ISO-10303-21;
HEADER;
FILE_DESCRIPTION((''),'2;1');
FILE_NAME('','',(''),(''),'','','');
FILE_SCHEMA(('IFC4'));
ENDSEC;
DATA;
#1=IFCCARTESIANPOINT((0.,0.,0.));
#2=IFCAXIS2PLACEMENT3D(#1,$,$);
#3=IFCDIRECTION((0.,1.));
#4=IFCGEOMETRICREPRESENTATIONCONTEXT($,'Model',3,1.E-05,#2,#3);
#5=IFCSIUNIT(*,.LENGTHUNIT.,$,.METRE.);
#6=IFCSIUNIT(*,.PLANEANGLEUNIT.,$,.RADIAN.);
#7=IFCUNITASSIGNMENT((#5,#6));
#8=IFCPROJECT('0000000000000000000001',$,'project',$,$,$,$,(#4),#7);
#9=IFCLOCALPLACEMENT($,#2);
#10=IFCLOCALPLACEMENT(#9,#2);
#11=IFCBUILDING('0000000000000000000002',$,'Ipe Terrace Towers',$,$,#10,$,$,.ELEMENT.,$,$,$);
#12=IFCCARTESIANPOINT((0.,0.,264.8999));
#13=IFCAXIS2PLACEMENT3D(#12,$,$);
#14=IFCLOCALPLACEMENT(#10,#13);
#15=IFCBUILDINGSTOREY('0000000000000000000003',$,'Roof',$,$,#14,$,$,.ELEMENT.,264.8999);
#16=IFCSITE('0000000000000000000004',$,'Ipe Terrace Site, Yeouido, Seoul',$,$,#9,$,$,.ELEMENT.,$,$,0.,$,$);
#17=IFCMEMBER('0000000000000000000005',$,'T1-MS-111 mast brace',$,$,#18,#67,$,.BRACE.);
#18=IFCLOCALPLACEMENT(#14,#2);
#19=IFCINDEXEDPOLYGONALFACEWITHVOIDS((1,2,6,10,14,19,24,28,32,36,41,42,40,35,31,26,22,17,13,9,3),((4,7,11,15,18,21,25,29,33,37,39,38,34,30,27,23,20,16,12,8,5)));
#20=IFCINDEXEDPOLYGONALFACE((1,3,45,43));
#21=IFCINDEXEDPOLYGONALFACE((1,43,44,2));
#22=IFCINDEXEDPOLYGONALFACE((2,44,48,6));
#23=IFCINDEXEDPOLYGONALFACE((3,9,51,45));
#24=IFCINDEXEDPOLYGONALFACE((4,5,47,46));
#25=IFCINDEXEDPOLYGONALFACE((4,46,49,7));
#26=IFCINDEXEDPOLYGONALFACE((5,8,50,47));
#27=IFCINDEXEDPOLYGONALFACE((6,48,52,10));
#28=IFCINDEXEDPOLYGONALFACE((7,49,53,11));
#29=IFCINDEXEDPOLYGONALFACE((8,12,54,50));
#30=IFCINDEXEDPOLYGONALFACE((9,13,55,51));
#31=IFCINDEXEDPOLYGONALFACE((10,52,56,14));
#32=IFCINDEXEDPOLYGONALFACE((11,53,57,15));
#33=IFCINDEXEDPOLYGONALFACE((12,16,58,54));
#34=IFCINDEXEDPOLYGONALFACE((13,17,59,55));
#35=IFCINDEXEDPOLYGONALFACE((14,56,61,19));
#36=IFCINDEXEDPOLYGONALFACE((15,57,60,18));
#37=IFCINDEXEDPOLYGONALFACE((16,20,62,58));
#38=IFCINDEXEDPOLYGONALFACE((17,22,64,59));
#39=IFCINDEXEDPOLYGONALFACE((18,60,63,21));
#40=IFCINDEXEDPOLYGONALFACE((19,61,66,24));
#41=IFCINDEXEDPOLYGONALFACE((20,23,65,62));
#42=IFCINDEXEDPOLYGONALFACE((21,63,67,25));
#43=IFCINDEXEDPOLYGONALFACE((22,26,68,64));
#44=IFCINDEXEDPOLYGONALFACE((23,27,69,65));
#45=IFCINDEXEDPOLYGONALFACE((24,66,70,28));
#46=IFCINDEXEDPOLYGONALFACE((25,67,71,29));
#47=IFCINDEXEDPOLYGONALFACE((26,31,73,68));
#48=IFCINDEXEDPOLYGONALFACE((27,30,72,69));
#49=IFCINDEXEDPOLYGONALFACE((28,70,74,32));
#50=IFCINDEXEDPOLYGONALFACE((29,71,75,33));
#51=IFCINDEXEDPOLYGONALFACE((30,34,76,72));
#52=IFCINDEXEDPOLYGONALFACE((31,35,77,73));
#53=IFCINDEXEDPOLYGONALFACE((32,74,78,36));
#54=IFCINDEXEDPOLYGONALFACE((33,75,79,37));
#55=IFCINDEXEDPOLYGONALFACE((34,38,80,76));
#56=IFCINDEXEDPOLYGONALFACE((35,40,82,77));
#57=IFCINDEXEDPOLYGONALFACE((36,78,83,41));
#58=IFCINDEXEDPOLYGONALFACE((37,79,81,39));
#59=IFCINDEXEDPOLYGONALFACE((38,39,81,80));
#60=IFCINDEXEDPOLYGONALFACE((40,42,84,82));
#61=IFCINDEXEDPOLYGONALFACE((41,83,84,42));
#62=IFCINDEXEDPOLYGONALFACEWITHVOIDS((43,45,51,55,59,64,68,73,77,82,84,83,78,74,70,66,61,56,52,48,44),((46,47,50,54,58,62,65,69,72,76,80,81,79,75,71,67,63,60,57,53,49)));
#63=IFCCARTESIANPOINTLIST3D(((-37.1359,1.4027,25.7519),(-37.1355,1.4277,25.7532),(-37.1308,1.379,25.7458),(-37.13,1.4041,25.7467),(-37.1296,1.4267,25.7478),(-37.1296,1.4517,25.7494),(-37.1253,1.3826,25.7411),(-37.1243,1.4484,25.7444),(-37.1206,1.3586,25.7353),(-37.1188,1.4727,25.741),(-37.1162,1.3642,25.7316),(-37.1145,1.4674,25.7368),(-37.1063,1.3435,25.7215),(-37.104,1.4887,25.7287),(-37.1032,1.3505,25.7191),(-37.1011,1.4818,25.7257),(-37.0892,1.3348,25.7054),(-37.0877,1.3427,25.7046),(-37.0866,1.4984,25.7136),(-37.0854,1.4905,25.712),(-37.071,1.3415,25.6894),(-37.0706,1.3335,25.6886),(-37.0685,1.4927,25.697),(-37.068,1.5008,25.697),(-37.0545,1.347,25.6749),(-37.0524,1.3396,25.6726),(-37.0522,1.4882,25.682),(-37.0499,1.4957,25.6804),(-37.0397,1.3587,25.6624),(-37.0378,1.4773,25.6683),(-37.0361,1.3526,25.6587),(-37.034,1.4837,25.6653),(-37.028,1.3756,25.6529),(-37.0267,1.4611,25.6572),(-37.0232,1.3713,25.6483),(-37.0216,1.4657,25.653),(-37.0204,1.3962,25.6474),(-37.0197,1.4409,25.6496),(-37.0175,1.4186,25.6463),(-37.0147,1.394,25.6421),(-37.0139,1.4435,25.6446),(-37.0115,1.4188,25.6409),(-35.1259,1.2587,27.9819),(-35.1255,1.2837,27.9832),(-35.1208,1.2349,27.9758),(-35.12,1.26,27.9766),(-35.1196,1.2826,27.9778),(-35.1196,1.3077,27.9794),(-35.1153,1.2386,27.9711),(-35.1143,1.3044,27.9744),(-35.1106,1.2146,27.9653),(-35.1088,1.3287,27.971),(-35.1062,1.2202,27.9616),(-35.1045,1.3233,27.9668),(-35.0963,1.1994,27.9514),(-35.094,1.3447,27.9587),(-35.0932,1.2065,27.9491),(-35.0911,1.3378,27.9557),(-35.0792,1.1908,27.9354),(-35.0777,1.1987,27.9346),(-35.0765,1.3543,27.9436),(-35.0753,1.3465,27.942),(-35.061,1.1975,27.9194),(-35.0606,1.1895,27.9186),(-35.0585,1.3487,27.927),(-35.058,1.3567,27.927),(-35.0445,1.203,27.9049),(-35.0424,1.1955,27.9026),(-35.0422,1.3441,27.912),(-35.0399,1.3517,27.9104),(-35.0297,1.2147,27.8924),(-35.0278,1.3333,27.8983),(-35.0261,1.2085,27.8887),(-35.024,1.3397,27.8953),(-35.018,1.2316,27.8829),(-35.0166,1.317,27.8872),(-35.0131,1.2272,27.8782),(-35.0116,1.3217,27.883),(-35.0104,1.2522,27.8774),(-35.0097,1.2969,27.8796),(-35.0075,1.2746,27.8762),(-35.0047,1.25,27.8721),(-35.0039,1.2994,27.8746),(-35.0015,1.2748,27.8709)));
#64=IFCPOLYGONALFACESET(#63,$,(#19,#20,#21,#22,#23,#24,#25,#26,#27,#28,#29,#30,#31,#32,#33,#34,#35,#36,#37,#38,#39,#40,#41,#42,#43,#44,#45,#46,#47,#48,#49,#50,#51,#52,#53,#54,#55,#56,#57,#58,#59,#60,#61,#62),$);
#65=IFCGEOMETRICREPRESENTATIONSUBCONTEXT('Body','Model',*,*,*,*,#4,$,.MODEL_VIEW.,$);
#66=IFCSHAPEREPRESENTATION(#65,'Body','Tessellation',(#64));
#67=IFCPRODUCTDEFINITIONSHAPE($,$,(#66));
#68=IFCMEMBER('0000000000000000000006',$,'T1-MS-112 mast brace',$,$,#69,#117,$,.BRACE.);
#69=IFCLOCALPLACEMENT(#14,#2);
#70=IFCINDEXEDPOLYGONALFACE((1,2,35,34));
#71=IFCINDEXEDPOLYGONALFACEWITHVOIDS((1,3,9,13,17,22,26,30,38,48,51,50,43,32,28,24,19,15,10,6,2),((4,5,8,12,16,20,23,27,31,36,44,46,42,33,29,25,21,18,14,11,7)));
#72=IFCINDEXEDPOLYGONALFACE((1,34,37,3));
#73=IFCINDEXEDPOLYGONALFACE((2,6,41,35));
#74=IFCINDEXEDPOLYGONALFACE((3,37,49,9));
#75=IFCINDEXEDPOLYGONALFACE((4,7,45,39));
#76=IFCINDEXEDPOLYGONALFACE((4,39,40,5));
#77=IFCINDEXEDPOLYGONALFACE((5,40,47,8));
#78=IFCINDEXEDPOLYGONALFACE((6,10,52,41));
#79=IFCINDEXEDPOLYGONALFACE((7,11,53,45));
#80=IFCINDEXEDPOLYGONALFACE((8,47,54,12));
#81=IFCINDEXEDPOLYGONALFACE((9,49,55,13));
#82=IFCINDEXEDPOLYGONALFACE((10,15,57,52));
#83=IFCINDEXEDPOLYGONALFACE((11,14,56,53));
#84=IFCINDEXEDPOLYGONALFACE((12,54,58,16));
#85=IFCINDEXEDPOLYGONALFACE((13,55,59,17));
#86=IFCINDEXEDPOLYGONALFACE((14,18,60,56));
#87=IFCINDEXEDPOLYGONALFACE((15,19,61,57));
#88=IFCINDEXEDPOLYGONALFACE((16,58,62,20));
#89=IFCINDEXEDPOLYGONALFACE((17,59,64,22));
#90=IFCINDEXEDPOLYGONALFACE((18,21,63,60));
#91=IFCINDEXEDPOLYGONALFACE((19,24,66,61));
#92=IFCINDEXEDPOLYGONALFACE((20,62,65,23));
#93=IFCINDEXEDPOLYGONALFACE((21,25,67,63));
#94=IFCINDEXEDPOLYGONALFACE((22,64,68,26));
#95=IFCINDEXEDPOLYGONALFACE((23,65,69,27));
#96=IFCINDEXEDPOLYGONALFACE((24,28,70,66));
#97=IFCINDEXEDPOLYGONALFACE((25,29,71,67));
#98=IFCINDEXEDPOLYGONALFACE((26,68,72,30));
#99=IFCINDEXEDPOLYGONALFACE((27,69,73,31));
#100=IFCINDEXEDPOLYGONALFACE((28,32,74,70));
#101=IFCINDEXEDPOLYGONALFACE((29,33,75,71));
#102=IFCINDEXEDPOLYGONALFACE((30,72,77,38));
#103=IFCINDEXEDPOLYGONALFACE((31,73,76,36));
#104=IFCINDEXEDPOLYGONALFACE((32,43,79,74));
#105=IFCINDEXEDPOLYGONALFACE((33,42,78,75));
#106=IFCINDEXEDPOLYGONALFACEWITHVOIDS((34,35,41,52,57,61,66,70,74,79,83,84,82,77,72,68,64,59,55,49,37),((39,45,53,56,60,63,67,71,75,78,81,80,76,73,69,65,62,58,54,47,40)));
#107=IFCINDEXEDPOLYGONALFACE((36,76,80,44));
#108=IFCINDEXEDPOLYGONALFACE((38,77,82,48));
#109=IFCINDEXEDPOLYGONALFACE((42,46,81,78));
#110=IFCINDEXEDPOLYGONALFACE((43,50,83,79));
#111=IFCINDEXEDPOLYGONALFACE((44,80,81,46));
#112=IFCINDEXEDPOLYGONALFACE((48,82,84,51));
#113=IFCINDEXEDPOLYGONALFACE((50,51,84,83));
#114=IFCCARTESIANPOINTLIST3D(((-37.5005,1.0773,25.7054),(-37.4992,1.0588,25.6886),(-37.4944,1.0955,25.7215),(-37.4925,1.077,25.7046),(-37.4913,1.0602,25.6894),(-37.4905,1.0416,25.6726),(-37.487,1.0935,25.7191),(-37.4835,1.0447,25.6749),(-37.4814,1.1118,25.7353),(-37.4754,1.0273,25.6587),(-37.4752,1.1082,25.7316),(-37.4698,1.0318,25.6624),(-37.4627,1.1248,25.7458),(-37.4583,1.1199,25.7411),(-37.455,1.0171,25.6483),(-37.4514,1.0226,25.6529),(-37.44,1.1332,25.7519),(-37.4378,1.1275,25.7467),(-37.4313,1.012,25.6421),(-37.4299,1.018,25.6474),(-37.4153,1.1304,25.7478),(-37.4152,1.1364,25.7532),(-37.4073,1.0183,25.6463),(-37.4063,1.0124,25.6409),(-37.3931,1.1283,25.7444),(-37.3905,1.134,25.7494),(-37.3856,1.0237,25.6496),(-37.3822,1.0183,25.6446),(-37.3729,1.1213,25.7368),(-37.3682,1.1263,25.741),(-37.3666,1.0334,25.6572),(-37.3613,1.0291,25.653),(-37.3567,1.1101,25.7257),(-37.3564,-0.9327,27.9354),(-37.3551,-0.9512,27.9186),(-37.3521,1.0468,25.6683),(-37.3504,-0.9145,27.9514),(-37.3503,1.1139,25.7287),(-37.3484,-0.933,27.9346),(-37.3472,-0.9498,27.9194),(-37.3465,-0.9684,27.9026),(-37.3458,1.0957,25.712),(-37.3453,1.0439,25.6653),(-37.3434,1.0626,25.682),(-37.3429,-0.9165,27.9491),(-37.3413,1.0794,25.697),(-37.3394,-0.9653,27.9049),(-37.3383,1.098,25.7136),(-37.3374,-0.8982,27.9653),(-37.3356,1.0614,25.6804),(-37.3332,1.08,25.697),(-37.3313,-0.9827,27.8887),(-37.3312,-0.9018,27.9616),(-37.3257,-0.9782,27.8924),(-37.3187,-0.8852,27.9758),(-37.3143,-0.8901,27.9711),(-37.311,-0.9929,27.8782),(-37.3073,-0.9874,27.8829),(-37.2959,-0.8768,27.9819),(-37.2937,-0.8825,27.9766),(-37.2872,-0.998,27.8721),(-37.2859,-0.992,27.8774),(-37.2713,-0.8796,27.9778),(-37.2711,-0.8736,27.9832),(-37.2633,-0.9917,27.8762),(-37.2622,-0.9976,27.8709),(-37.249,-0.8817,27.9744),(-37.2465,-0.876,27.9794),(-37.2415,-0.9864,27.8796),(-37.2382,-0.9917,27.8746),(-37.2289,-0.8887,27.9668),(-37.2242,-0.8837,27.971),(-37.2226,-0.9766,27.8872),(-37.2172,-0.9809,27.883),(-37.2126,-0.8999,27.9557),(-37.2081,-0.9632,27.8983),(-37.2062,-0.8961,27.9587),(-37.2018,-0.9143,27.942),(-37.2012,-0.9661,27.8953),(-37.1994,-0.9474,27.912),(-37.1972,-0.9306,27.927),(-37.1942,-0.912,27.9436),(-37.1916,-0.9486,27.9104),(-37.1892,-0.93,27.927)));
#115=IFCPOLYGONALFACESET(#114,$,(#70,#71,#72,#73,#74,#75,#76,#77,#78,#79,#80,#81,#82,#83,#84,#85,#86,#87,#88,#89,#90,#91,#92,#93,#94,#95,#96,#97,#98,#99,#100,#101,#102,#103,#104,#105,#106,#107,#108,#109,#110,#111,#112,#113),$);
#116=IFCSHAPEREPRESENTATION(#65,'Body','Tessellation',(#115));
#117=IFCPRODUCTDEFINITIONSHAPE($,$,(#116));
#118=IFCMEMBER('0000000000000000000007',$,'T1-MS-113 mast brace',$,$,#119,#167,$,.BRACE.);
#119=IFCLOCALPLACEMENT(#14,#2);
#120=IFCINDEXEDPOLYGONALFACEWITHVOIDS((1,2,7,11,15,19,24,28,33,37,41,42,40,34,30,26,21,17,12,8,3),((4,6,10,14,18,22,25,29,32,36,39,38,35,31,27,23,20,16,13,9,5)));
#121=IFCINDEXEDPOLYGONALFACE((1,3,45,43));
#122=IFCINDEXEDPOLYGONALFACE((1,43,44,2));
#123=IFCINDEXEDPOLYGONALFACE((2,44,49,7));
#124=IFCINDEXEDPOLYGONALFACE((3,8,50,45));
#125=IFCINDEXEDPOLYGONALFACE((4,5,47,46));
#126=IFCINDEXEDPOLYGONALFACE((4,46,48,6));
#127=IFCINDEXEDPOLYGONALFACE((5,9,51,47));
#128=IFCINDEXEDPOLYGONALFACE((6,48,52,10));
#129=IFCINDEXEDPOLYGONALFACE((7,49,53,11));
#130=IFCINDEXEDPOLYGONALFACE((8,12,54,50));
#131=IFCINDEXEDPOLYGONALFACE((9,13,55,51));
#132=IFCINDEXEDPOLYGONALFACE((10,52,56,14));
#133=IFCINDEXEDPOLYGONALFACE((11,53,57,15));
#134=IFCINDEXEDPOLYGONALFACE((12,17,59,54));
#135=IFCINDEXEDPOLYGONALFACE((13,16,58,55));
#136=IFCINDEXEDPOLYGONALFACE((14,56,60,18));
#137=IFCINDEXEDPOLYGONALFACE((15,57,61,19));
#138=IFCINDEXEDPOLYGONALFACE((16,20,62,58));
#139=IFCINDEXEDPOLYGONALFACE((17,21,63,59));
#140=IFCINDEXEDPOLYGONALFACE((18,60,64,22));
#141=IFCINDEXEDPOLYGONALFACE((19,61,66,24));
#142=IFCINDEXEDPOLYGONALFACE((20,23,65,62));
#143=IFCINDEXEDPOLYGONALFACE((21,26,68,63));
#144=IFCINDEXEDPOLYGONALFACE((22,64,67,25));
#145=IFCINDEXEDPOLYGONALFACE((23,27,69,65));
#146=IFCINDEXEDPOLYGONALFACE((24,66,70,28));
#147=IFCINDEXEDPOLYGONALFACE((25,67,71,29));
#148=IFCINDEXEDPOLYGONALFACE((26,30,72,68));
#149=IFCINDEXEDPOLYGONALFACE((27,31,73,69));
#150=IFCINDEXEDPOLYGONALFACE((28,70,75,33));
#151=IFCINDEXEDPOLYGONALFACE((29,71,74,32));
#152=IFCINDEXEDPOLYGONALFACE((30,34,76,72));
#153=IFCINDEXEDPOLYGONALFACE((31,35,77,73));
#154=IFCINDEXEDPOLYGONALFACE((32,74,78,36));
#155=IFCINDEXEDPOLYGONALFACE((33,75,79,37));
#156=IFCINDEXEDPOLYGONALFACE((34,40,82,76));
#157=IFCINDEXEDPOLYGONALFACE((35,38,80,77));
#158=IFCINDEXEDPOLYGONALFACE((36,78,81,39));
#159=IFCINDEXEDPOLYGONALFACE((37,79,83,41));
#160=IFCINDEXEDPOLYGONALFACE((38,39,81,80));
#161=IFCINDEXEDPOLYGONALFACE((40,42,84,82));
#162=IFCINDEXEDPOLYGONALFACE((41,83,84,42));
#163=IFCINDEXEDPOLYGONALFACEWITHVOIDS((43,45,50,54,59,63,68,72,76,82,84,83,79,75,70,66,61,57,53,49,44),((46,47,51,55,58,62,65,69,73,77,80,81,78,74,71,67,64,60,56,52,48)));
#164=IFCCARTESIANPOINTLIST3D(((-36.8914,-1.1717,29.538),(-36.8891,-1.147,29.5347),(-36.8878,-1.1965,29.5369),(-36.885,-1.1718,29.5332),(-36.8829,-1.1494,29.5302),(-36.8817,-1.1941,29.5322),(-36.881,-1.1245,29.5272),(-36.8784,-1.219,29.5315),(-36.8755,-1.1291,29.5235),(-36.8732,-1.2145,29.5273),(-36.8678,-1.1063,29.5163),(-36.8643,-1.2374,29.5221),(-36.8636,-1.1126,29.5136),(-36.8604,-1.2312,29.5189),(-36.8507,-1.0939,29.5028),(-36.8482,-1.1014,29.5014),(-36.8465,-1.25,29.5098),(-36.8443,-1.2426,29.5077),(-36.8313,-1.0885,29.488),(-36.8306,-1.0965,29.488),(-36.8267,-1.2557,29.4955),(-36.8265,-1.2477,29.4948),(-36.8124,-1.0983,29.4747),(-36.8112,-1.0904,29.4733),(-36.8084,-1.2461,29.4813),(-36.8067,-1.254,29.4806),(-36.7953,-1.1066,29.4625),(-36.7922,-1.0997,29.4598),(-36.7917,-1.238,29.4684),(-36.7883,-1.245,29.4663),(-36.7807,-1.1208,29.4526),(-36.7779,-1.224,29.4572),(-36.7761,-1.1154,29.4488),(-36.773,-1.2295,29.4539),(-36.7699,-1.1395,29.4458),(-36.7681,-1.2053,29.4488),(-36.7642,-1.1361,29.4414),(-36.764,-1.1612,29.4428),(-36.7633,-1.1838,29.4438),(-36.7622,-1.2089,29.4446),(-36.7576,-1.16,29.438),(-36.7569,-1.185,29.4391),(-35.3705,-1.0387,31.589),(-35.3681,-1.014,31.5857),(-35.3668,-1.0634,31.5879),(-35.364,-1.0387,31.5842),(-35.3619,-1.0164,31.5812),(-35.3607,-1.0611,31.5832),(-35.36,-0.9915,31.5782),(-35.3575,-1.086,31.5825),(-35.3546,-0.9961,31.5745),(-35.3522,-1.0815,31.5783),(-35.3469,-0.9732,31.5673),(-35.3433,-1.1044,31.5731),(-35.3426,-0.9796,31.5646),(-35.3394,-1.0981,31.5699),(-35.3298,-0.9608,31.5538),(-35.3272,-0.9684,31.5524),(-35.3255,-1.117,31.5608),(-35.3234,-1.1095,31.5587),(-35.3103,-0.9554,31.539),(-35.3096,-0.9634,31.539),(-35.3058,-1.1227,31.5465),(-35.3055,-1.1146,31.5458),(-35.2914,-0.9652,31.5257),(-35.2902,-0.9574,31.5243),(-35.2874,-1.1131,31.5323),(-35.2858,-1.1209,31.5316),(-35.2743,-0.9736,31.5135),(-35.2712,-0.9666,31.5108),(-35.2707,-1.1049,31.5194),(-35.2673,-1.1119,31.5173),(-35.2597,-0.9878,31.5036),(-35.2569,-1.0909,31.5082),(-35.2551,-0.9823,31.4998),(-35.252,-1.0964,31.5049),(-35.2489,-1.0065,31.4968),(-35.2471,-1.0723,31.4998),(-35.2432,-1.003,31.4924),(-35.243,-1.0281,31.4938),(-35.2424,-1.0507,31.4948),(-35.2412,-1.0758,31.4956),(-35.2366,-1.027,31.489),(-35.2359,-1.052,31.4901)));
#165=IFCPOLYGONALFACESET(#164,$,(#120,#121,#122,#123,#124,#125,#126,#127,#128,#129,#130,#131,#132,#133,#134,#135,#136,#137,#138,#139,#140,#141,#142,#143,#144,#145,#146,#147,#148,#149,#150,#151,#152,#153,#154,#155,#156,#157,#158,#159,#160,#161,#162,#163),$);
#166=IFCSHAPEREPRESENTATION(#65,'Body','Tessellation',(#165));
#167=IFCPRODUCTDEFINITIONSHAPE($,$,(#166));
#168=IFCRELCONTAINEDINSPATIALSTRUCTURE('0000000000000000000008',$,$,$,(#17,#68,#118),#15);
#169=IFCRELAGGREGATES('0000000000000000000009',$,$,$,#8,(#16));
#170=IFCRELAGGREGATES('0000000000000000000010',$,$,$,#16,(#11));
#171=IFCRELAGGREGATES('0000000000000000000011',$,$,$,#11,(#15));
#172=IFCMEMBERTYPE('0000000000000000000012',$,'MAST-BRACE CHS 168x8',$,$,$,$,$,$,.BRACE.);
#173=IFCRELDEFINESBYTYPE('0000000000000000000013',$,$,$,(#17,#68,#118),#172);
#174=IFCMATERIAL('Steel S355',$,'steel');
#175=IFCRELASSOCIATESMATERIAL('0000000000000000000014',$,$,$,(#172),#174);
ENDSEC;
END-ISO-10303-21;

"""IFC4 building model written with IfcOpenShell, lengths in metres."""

from ifc_helpers import new_model, si_unit, direction, frame, origin, origin_2d, place, context, subcontext, project, spatial, hollow_circle, extrude, material, material_profile, profile_set, type_object, element, save


model = new_model("IFC4")

# Units and contexts
model_context = context("Model", 3, precision=1e-05, world=origin(), true_north=direction((0.0, 1.0)))
body_context = subcontext(model_context, "Body", "Model", "MODEL_VIEW")
ifc_project = project(units=[si_unit("LENGTHUNIT", "METRE"), si_unit("PLANEANGLEUNIT", "RADIAN")], contexts=[model_context])

# Site, building, storey
site_placement = place(None, origin())
site = spatial("IfcSite", under=ifc_project, at=site_placement, Name="Ipe Terrace Site, Yeouido, Seoul", CompositionType="ELEMENT", RefElevation=0.0)
building_placement = place(site_placement, origin())
building = spatial("IfcBuilding", under=site, at=building_placement, Name="Ipe Terrace Towers", CompositionType="ELEMENT")
storey_placement = place(building_placement, frame((0.0, 0.0, 264.8999)))
storey = spatial("IfcBuildingStorey", under=building, at=storey_placement, Name="Roof", CompositionType="ELEMENT", Elevation=264.8999)

# Members
ifc_material_1 = material(Name="Steel S355", Category="steel")
ifc_material_profile_1 = material_profile(ifc_material_1, hollow_circle(Radius=0.084, WallThickness=0.0081, at=origin_2d()), Name="MAST-BRACE CHS 168x8")
ifc_profile_set_1 = profile_set([ifc_material_profile_1], Name="Steel S355")
member_type_1 = type_object("IfcMemberType", Name="MAST-BRACE CHS 168x8", PredefinedType="BRACE", material=ifc_profile_set_1)
for number, where, z_axis, x_axis, name in (
    (1, (-37.074, 1.417, 25.697), (0.668752, -0.047925, 0.741939), (0.07148, 0.997442, 0.0), "T1-MS-111 mast brace"),
    (2, (-37.417, 1.074, 25.697), (0.047925, -0.668752, 0.741939), (0.997442, 0.07148, 0.0), "T1-MS-112 mast brace"),
):
    element("IfcMember", number, at=place(storey_placement, frame(where, z_axis=z_axis, x_axis=x_axis)), inside=storey, type_object=member_type_1, Name=name, PredefinedType="BRACE", context=body_context, shape_type="SweptSolid", body=[
        extrude(hollow_circle(Radius=0.084, WallThickness=0.0081, at=origin_2d()), origin(), (0.0, 0.0, 1.0), 3.0056),
    ])
for number, where, z_axis, x_axis, name in (
    (3, (-36.824, -1.1721, 29.488), (0.594855, 0.052038, 0.802147), (-0.087147, 0.996195, 0.0), "T1-MS-113 mast brace"),
):
    element("IfcMember", number, at=place(storey_placement, frame(where, z_axis=z_axis, x_axis=x_axis)), inside=storey, type_object=member_type_1, Name=name, PredefinedType="BRACE", context=body_context, shape_type="SweptSolid", body=[
        extrude(hollow_circle(Radius=0.084, WallThickness=0.0081, at=origin_2d()), origin(), (0.0, 0.0, 1.0), 2.5569),
    ])

save(model, "model.ifc")
